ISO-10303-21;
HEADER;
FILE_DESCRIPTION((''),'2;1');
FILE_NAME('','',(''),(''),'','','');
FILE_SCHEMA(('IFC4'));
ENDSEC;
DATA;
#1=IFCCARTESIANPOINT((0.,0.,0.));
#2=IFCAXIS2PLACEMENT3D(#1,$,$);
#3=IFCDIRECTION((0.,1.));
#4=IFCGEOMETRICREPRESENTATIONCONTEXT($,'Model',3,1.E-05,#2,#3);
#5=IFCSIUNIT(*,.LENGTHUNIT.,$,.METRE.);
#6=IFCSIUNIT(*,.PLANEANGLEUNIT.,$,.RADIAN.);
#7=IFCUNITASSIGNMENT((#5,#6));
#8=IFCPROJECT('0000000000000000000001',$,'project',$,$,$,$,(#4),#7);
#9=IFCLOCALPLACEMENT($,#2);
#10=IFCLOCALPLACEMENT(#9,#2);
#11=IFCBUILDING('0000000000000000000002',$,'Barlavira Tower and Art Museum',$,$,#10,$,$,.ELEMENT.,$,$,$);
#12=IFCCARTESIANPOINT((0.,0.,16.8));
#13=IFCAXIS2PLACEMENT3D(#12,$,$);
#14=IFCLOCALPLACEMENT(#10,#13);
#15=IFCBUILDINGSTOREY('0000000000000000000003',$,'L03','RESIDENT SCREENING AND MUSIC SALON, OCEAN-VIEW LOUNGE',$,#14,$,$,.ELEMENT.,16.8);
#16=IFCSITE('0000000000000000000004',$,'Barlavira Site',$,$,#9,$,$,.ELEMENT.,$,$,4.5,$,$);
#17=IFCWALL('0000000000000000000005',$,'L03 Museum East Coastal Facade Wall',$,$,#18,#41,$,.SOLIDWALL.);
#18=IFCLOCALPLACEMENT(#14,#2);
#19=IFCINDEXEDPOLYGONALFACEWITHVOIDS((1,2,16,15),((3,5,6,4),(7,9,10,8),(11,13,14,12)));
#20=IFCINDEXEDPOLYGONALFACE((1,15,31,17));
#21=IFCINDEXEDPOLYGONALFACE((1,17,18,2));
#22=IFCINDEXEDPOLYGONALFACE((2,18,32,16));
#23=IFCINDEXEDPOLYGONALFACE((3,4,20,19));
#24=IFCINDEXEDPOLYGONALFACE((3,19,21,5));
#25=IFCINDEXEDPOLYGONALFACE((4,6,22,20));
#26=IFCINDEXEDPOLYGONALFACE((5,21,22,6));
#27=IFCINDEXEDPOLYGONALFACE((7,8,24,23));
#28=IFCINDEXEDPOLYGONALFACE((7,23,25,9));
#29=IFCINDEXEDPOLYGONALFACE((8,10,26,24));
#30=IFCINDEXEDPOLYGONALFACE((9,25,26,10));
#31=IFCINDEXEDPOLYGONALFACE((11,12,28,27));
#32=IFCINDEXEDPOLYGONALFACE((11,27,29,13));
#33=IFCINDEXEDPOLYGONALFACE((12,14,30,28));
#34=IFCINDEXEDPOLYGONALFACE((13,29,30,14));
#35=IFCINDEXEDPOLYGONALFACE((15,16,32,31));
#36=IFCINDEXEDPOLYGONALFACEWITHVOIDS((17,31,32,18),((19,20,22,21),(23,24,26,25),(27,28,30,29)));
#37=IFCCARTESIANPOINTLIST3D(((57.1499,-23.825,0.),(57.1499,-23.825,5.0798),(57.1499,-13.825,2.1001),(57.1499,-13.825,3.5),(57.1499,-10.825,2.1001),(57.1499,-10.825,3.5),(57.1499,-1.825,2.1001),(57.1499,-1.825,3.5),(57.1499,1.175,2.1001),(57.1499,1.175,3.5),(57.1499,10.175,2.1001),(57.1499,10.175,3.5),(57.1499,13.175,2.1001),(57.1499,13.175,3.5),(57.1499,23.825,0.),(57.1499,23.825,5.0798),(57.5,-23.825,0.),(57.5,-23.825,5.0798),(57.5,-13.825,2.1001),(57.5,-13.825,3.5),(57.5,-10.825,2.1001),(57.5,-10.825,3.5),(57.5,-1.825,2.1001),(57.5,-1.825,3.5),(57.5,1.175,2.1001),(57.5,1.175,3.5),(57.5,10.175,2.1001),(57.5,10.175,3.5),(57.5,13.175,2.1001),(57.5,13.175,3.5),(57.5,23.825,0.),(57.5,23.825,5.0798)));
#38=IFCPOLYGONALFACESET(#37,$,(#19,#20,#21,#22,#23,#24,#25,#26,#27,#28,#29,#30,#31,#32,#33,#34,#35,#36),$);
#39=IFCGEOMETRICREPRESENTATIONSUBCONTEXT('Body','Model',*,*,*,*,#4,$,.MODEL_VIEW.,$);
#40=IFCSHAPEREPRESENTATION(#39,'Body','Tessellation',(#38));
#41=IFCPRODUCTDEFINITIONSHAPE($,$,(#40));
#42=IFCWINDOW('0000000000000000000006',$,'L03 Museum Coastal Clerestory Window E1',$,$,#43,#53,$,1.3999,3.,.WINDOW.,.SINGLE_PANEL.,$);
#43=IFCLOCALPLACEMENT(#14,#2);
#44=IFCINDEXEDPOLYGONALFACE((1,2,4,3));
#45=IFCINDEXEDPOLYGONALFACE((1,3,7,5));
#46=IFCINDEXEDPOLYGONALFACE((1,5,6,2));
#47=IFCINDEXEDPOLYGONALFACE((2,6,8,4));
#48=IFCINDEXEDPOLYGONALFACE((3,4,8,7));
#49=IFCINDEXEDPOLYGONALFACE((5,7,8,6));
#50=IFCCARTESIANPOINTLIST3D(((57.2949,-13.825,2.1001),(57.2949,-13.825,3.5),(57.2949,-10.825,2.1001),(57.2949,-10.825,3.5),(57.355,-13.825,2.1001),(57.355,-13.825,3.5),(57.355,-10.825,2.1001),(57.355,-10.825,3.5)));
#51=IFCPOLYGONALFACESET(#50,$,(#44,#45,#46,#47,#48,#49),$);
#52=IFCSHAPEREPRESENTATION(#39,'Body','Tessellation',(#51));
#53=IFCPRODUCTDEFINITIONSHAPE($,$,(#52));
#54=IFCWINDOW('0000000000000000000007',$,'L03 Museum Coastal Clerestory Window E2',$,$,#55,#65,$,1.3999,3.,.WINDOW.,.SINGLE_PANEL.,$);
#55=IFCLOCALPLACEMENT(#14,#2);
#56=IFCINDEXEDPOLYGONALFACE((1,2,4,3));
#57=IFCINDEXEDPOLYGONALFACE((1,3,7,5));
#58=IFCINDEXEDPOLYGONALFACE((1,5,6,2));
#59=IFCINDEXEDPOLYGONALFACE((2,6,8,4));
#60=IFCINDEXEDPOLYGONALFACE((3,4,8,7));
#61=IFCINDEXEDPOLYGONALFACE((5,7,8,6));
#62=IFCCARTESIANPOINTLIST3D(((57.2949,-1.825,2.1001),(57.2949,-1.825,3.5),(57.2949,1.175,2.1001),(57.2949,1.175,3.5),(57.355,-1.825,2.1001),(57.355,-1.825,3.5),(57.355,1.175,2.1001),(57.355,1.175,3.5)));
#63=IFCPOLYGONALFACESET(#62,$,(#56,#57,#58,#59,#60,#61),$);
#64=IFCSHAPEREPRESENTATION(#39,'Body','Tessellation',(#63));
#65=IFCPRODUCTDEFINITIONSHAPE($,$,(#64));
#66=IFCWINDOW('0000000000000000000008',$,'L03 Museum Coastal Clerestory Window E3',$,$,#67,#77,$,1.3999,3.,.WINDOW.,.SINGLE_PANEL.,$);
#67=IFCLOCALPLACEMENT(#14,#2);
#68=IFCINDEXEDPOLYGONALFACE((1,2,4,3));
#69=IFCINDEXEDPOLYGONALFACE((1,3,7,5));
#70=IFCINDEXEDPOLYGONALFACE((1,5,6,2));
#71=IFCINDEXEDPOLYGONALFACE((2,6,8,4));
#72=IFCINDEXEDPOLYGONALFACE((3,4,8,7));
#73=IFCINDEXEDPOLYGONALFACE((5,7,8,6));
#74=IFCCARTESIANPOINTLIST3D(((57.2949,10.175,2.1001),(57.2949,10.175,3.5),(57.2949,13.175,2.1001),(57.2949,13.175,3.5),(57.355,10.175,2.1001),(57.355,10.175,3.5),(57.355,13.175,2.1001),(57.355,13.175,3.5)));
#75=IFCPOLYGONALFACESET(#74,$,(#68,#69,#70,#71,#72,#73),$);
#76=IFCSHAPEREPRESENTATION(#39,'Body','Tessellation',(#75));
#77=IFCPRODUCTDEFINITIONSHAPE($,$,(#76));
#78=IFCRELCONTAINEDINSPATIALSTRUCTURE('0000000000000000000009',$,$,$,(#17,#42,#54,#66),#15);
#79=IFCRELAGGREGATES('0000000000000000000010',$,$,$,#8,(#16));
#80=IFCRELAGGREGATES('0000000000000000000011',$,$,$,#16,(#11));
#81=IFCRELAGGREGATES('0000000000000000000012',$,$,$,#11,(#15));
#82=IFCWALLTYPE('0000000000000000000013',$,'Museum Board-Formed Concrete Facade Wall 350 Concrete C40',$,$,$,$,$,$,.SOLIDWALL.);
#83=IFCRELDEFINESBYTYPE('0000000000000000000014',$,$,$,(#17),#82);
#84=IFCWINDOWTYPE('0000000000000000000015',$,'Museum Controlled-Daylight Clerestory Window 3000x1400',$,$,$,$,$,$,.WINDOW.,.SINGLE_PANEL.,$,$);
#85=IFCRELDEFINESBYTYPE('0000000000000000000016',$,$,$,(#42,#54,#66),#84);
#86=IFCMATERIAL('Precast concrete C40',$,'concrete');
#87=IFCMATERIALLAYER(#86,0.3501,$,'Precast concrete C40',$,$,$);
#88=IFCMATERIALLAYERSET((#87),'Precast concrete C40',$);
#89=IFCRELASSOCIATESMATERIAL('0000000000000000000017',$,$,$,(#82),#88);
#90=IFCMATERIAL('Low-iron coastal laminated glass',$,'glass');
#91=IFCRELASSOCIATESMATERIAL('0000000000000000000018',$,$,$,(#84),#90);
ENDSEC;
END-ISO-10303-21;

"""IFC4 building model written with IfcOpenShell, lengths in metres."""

from ifc_helpers import new_model, si_unit, direction, frame, frame_2d, origin, place, context, subcontext, project, spatial, rectangle, extrude, material, layer, layer_set, type_object, element, fill, save


model = new_model("IFC4")

# Units and contexts
model_context = context("Model", 3, precision=1e-05, world=origin(), true_north=direction((0.0, 1.0)))
body_context = subcontext(model_context, "Body", "Model", "MODEL_VIEW")
ifc_project = project(units=[si_unit("LENGTHUNIT", "METRE"), si_unit("PLANEANGLEUNIT", "RADIAN")], contexts=[model_context])

# Site, building, storey
site_placement = place(None, origin())
site = spatial("IfcSite", under=ifc_project, at=site_placement, Name="Barlavira Site", CompositionType="ELEMENT", RefElevation=4.5)
building_placement = place(site_placement, origin())
building = spatial("IfcBuilding", under=site, at=building_placement, Name="Barlavira Tower and Art Museum", CompositionType="ELEMENT")
storey_placement = place(building_placement, frame((0.0, 0.0, 16.8)))
storey = spatial("IfcBuildingStorey", under=building, at=storey_placement, Name="L03", Description="RESIDENT SCREENING AND MUSIC SALON, OCEAN-VIEW LOUNGE", CompositionType="ELEMENT", Elevation=16.8)

# Wall, openings, windows
ifc_material_1 = material(Name="Precast concrete C40", Category="concrete")
ifc_layer_1 = layer(ifc_material_1, 0.3501, Name="Precast concrete C40")
ifc_layer_set_1 = layer_set([ifc_layer_1], Name="Precast concrete C40")
wall_type_1 = type_object("IfcWallType", Name="Museum Board-Formed Concrete Facade Wall 350 Concrete C40", PredefinedType="SOLIDWALL", material=ifc_layer_set_1)
ifc_material_2 = material(Name="Low-iron coastal laminated glass", Category="glass")
window_type = type_object("IfcWindowType", Name="Museum Controlled-Daylight Clerestory Window 3000x1400", PartitioningType="SINGLE_PANEL", PredefinedType="WINDOW", material=ifc_material_2)
wall_1_placement = place(storey_placement, frame((57.325, -23.825, 0.0), z_axis=(0.0, 0.0, 1.0), x_axis=(0.0, 1.0, 0.0)))
wall_1 = element("IfcWall", 1, at=wall_1_placement, inside=storey, type_object=wall_type_1, Name="L03 Museum East Coastal Facade Wall", PredefinedType="SOLIDWALL", context=body_context, shape_type="SweptSolid", body=[
    extrude(rectangle(XDim=47.6499, YDim=0.3501, at=frame_2d((23.825, 0.0))), origin(), (0.0, 0.0, 1.0), 5.0798),
])
opening_1_placement = place(wall_1_placement, frame((10.0, 0.0, 2.1001)))
opening_1 = element("IfcOpeningElement", 2, at=opening_1_placement, cuts=wall_1, PredefinedType="OPENING", context=body_context, shape_type="SweptSolid", body=[
    extrude(rectangle(XDim=3.0, YDim=1.3999, at=frame_2d((1.5, 0.7))), frame((0.0, 0.1851, 0.0), z_axis=(0.0, -1.0, 0.0), x_axis=(1.0, 0.0, 0.0)), (0.0, 0.0, 1.0), 0.3701),
])
opening_2_placement = place(wall_1_placement, frame((22.0, 0.0, 2.1001)))
opening_2 = element("IfcOpeningElement", 3, at=opening_2_placement, cuts=wall_1, PredefinedType="OPENING", context=body_context, shape_type="SweptSolid", body=[
    extrude(rectangle(XDim=3.0, YDim=1.3999, at=frame_2d((1.5, 0.7))), frame((0.0, 0.1851, 0.0), z_axis=(0.0, -1.0, 0.0), x_axis=(1.0, 0.0, 0.0)), (0.0, 0.0, 1.0), 0.3701),
])
opening_3_placement = place(wall_1_placement, frame((34.0, 0.0, 2.1001)))
opening_3 = element("IfcOpeningElement", 4, at=opening_3_placement, cuts=wall_1, PredefinedType="OPENING", context=body_context, shape_type="SweptSolid", body=[
    extrude(rectangle(XDim=3.0, YDim=1.3999, at=frame_2d((1.5, 0.7))), frame((0.0, 0.1851, 0.0), z_axis=(0.0, -1.0, 0.0), x_axis=(1.0, 0.0, 0.0)), (0.0, 0.0, 1.0), 0.3701),
])
window_1_placement = place(opening_1_placement, origin())
window_1 = element("IfcWindow", 5, at=window_1_placement, inside=storey, type_object=window_type, Name="L03 Museum Coastal Clerestory Window E1", OverallHeight=1.3999, OverallWidth=3.0, PartitioningType="SINGLE_PANEL", PredefinedType="WINDOW", context=body_context, shape_type="SweptSolid", body=[
    extrude(rectangle(XDim=3.0, YDim=1.3999, at=frame_2d((1.5, 0.7))), frame((0.0, 0.03, 0.0), z_axis=(0.0, -1.0, 0.0), x_axis=(1.0, 0.0, 0.0)), (0.0, 0.0, 1.0), 0.0601),
])
fill(opening_1, window_1)
window_2_placement = place(opening_2_placement, origin())
window_2 = element("IfcWindow", 6, at=window_2_placement, inside=storey, type_object=window_type, Name="L03 Museum Coastal Clerestory Window E2", OverallHeight=1.3999, OverallWidth=3.0, PartitioningType="SINGLE_PANEL", PredefinedType="WINDOW", context=body_context, shape_type="SweptSolid", body=[
    extrude(rectangle(XDim=3.0, YDim=1.3999, at=frame_2d((1.5, 0.7))), frame((0.0, 0.03, 0.0), z_axis=(0.0, -1.0, 0.0), x_axis=(1.0, 0.0, 0.0)), (0.0, 0.0, 1.0), 0.0601),
])
fill(opening_2, window_2)
window_3_placement = place(opening_3_placement, origin())
window_3 = element("IfcWindow", 7, at=window_3_placement, inside=storey, type_object=window_type, Name="L03 Museum Coastal Clerestory Window E3", OverallHeight=1.3999, OverallWidth=3.0, PartitioningType="SINGLE_PANEL", PredefinedType="WINDOW", context=body_context, shape_type="SweptSolid", body=[
    extrude(rectangle(XDim=3.0, YDim=1.3999, at=frame_2d((1.5, 0.7))), frame((0.0, 0.03, 0.0), z_axis=(0.0, -1.0, 0.0), x_axis=(1.0, 0.0, 0.0)), (0.0, 0.0, 1.0), 0.0601),
])
fill(opening_3, window_3)

save(model, "model.ifc")
